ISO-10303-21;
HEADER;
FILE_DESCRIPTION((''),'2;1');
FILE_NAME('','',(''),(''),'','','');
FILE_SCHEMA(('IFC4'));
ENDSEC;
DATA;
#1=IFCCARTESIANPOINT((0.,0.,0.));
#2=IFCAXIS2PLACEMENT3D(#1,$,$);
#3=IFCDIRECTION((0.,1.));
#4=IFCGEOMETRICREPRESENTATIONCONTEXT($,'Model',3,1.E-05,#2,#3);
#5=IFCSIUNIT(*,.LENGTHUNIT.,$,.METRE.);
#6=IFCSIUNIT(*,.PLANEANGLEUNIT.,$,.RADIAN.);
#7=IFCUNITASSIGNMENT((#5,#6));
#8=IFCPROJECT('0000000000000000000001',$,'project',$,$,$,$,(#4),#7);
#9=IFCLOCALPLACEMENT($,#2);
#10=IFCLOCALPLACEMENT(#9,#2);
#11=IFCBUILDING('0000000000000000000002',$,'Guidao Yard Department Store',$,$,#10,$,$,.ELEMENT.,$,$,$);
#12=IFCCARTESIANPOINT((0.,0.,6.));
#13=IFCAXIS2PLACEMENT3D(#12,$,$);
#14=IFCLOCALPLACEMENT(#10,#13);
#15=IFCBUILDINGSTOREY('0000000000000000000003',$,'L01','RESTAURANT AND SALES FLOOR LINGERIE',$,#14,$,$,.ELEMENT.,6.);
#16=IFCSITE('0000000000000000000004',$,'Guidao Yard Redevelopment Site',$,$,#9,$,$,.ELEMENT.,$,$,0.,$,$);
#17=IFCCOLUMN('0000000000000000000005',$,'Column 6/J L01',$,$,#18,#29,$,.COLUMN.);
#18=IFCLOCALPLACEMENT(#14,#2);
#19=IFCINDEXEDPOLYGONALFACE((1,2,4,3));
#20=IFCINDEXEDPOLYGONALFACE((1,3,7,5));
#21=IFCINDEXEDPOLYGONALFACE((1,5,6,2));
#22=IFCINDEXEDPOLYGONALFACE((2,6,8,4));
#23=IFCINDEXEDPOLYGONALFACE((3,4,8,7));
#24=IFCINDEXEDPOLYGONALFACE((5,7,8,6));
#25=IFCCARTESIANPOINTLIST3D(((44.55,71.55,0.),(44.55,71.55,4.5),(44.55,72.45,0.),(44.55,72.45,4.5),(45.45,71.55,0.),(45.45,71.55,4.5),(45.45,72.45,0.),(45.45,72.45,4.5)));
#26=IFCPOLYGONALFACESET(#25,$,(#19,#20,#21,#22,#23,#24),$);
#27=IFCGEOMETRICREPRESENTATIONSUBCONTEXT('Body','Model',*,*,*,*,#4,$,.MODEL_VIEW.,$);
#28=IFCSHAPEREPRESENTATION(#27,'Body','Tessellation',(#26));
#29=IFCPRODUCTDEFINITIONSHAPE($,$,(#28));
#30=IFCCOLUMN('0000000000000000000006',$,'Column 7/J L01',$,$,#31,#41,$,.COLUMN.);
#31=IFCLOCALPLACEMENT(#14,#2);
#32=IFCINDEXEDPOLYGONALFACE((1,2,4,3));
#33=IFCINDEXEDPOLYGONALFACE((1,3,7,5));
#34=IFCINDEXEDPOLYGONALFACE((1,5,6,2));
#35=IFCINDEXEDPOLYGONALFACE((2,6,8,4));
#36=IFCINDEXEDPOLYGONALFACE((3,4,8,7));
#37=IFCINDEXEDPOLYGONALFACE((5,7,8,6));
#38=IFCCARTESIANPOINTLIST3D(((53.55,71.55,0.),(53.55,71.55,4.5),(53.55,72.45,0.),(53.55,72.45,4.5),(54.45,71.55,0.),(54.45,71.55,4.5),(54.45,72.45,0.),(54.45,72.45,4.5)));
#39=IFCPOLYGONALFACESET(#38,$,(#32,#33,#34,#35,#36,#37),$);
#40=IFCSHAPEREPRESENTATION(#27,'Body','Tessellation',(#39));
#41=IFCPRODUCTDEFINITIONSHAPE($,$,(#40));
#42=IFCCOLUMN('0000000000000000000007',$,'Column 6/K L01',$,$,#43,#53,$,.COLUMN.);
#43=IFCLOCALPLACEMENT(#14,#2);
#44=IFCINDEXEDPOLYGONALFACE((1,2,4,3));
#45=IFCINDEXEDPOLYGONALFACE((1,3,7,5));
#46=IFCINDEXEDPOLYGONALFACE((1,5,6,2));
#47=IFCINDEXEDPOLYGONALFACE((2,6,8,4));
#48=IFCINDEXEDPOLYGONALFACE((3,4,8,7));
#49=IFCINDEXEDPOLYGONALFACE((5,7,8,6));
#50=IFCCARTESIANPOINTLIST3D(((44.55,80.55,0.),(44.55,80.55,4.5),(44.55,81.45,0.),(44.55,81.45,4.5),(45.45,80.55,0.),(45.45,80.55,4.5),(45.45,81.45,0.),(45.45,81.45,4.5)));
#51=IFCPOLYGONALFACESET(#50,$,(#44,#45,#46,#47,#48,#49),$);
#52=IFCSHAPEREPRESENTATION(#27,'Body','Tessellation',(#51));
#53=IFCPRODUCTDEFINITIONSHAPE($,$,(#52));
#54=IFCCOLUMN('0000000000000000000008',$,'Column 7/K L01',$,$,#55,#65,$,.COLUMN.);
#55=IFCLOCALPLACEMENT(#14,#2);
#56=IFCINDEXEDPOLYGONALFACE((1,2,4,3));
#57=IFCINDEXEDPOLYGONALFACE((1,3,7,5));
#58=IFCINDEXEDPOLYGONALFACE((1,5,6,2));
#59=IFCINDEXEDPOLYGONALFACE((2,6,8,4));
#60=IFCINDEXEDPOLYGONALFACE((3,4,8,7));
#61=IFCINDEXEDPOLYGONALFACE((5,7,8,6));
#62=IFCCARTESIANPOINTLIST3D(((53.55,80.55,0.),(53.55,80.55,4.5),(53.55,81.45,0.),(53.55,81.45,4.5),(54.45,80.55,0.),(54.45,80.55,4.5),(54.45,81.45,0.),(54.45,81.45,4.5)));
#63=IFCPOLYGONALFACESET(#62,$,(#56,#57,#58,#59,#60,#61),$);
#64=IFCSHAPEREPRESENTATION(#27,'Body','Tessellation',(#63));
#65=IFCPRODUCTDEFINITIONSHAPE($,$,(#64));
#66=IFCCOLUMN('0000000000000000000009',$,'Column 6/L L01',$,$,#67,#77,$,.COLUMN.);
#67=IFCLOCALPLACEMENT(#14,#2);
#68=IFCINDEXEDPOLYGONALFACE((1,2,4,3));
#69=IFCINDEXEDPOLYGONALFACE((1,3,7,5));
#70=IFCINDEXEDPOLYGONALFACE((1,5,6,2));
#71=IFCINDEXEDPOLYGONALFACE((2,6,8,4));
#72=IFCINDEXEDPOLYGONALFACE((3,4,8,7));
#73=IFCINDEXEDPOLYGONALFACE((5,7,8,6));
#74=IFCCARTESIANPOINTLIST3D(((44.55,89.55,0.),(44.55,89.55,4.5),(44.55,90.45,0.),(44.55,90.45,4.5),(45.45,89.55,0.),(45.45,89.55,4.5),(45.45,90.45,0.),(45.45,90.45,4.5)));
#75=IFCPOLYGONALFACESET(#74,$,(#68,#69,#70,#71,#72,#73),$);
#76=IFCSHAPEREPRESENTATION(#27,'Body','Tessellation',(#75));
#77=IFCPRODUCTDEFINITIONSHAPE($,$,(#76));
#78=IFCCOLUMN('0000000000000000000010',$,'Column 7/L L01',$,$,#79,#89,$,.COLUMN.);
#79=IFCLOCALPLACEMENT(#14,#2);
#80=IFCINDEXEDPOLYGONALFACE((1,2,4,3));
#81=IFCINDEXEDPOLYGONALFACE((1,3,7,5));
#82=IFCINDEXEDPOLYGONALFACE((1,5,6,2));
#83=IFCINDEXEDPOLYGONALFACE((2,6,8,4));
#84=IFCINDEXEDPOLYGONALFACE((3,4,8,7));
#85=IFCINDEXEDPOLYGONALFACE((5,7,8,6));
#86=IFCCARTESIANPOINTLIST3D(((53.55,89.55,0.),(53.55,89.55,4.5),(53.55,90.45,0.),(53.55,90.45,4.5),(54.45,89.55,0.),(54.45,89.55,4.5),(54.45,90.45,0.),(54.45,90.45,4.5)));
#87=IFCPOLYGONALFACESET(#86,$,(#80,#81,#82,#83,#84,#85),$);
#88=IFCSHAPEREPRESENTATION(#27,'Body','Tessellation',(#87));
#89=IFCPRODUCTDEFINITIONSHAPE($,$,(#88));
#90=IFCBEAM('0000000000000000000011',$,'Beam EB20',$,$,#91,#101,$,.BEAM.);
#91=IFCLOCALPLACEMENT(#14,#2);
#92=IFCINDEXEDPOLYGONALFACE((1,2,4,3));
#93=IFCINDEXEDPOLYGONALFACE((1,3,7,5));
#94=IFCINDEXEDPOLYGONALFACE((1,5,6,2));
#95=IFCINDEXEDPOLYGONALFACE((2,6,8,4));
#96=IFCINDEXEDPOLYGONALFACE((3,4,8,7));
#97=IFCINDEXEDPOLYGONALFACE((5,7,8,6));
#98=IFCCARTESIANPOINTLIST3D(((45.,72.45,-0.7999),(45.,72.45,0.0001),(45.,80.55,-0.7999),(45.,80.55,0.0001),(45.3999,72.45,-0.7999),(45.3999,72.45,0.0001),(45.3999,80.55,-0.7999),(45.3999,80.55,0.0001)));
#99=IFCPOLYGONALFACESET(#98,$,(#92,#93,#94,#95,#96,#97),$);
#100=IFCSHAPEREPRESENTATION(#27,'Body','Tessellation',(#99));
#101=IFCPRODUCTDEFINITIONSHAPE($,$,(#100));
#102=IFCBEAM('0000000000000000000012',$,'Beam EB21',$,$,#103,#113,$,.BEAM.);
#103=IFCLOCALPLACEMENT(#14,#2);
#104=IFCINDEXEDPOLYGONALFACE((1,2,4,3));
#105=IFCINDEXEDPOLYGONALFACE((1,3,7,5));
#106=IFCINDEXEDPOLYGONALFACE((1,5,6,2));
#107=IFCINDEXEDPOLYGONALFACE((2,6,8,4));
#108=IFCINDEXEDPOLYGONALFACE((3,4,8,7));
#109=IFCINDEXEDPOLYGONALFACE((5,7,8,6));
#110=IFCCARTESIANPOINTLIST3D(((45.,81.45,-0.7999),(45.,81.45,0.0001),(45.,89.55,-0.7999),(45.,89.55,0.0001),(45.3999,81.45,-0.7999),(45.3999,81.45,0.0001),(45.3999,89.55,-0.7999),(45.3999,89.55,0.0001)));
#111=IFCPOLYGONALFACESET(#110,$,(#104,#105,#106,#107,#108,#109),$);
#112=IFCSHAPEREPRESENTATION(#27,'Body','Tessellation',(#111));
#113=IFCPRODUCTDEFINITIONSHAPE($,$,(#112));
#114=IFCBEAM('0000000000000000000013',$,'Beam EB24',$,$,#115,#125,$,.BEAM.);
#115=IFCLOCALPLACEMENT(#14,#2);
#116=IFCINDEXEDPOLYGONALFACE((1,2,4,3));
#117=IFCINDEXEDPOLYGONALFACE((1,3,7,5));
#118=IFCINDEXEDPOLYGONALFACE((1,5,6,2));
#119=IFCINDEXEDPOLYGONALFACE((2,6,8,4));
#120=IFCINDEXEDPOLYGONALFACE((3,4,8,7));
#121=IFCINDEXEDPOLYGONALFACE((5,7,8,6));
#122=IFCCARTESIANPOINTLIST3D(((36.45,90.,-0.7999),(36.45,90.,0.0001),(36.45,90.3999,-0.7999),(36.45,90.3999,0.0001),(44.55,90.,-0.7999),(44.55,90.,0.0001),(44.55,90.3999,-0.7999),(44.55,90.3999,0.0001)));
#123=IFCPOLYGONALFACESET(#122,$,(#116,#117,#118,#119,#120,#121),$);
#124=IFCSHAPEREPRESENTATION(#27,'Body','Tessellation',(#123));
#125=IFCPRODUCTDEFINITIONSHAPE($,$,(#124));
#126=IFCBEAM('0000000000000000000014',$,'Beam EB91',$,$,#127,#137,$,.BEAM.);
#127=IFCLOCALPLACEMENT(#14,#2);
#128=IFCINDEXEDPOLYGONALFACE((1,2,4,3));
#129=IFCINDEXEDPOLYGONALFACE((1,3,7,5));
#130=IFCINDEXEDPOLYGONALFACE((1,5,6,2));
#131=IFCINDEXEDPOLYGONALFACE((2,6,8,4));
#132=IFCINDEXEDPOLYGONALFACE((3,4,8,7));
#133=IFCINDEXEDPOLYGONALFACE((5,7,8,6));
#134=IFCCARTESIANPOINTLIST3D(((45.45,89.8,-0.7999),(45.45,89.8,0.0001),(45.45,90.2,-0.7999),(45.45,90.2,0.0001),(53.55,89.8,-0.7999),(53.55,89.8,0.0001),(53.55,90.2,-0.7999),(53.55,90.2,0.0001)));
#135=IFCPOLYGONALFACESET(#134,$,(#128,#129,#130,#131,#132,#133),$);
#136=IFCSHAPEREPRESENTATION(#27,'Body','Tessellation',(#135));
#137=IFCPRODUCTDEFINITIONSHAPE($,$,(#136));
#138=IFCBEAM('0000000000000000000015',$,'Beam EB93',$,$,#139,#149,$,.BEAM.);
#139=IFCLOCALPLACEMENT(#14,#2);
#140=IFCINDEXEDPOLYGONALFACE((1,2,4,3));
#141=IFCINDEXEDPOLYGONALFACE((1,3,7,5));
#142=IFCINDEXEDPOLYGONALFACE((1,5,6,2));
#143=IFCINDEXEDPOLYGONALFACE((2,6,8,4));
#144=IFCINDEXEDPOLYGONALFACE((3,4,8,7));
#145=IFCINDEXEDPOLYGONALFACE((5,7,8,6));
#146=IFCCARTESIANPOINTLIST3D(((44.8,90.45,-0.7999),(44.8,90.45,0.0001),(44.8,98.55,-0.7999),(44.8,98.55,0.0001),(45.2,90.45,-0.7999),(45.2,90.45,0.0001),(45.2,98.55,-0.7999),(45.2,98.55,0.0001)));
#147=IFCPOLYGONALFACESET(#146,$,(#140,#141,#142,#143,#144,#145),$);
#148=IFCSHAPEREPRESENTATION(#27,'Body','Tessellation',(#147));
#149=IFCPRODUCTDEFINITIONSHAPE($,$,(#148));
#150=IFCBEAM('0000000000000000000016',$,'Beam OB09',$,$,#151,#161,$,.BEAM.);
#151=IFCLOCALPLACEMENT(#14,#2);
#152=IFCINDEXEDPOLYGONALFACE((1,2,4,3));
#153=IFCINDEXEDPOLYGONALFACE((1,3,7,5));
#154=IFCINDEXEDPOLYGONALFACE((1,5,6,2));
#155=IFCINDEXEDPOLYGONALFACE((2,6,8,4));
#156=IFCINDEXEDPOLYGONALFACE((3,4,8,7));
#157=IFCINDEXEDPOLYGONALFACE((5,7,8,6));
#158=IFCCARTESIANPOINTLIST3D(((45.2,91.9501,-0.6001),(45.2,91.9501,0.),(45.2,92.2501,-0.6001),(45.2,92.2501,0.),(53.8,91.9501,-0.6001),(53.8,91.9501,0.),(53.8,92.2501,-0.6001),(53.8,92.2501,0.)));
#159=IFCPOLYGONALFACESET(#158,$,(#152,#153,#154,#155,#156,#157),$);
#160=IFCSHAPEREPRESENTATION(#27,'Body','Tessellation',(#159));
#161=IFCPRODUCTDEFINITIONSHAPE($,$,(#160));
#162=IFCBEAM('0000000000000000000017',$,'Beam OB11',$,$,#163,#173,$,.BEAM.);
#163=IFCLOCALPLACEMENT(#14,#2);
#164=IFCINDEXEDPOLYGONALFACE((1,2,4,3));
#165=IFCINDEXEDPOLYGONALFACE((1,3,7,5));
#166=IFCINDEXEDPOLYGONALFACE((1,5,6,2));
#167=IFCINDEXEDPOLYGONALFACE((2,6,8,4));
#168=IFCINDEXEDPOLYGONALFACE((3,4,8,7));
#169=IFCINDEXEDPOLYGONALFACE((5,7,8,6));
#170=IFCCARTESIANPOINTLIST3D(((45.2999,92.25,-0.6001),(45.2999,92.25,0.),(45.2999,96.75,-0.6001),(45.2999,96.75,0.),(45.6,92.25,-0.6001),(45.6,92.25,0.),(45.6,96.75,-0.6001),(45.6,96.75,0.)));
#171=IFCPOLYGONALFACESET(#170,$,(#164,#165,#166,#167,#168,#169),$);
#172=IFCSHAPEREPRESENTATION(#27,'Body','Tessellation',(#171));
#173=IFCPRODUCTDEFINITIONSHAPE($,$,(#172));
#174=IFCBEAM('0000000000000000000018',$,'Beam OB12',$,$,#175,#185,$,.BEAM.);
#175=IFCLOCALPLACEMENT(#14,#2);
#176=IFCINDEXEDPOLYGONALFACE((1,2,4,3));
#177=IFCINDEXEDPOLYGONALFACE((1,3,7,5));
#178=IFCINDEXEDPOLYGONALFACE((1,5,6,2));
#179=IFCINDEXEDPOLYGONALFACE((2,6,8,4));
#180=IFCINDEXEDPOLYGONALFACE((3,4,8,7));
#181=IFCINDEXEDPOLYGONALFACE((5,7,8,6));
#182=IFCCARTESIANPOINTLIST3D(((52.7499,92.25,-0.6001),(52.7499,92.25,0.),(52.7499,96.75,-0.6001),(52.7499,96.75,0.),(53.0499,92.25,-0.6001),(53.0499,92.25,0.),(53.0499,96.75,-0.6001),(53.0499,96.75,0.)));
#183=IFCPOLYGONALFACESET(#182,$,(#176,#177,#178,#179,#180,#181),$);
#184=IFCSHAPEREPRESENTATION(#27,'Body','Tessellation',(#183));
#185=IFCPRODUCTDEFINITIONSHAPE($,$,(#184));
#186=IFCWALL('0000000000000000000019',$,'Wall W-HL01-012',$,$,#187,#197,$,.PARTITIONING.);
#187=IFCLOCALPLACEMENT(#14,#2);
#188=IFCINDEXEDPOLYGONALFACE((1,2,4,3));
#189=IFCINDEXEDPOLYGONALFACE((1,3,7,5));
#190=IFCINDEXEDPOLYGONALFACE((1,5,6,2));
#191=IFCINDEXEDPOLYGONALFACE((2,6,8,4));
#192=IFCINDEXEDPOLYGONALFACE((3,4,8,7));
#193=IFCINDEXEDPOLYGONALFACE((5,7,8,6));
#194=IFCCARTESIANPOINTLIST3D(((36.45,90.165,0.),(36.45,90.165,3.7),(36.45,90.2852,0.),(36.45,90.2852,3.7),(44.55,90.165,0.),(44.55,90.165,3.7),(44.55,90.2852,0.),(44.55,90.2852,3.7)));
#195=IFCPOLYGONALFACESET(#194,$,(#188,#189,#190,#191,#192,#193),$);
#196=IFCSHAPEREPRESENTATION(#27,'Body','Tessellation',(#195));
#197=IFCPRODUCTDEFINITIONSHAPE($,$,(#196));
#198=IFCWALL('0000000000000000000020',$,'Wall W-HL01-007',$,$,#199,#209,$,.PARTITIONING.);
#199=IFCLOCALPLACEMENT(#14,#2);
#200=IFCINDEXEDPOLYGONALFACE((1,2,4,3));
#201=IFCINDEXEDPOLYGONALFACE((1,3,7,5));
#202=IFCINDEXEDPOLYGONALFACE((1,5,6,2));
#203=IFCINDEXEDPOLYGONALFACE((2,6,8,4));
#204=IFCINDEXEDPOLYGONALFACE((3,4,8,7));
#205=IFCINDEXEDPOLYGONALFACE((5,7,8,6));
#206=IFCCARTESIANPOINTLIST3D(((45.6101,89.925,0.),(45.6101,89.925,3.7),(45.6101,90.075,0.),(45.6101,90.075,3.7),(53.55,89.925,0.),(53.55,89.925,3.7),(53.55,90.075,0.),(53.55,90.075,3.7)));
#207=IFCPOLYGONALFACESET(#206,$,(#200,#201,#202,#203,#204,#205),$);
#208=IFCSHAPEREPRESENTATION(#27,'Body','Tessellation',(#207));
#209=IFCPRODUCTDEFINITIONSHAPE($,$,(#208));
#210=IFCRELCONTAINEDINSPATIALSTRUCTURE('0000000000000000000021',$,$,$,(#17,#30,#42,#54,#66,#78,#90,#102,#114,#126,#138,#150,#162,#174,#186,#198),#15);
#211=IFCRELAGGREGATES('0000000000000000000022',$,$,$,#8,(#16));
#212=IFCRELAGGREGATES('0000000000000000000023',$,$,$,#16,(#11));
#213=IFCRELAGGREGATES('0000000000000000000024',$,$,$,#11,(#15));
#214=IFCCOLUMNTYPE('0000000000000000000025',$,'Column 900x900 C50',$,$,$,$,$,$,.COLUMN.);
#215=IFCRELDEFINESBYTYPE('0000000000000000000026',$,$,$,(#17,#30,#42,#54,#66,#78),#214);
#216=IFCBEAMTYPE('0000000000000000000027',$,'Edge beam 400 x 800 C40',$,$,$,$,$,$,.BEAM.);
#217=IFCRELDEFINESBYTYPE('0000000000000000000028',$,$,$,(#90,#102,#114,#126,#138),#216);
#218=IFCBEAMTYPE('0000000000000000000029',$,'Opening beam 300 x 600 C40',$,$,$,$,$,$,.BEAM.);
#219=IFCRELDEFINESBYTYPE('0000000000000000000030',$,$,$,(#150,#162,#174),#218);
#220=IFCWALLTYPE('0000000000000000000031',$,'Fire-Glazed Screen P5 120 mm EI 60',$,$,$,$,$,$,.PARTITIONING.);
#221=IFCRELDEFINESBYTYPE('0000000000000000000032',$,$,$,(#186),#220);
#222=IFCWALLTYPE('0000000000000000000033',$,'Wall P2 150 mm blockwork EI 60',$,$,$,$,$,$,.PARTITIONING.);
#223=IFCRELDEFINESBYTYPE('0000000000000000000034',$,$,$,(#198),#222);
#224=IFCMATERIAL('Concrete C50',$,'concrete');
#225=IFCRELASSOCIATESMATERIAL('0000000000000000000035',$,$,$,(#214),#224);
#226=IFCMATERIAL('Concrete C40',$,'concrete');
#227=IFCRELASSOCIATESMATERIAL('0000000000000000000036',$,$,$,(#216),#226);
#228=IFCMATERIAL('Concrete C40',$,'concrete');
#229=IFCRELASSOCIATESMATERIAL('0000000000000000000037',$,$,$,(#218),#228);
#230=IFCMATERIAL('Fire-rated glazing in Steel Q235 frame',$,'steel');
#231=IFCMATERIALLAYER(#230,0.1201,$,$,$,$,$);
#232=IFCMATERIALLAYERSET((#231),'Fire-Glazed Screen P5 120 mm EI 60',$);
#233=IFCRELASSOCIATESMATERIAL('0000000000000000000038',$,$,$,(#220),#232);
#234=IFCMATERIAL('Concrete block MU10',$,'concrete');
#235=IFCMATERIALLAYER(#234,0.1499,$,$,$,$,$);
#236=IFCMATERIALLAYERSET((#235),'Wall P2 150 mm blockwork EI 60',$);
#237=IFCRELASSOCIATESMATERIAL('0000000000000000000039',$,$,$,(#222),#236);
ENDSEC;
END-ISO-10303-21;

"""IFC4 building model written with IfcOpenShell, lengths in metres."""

from ifc_helpers import new_model, si_unit, direction, frame, frame_2d, origin, origin_2d, place, context, subcontext, project, spatial, rectangle, extrude, material, layer, layer_set, material_profile, profile_set, type_object, element, save


model = new_model("IFC4")

# Units and contexts
model_context = context("Model", 3, precision=1e-05, world=origin(), true_north=direction((0.0, 1.0)))
body_context = subcontext(model_context, "Body", "Model", "MODEL_VIEW")
ifc_project = project(units=[si_unit("LENGTHUNIT", "METRE"), si_unit("PLANEANGLEUNIT", "RADIAN")], contexts=[model_context])

# Site, building, storey
site_placement = place(None, origin())
site = spatial("IfcSite", under=ifc_project, at=site_placement, Name="Guidao Yard Redevelopment Site", CompositionType="ELEMENT", RefElevation=0.0)
building_placement = place(site_placement, origin())
building = spatial("IfcBuilding", under=site, at=building_placement, Name="Guidao Yard Department Store", CompositionType="ELEMENT")
storey_placement = place(building_placement, frame((0.0, 0.0, 6.0)))
storey = spatial("IfcBuildingStorey", under=building, at=storey_placement, Name="L01", Description="RESTAURANT AND SALES FLOOR LINGERIE", CompositionType="ELEMENT", Elevation=6.0)

# Columns
ifc_material_1 = material(Name="Concrete C50", Category="concrete")
ifc_material_profile_1 = material_profile(ifc_material_1, rectangle(XDim=0.8999, YDim=0.8999, at=origin_2d()), Name="COL 900x900")
ifc_profile_set_1 = profile_set([ifc_material_profile_1], Name="Concrete C50")
column_type = type_object("IfcColumnType", Name="Column 900x900 C50", PredefinedType="COLUMN", material=ifc_profile_set_1)
for number, where, z_axis, x_axis, name in (
    (1, (45.0, 72.0, 0.0), (0.0, 0.0, 1.0), (1.0, 0.0, 0.0), "Column 6/J L01"),
    (2, (54.0, 72.0, 0.0), (0.0, 0.0, 1.0), (1.0, 0.0, 0.0), "Column 7/J L01"),
    (3, (45.0, 81.0, 0.0), (0.0, 0.0, 1.0), (1.0, 0.0, 0.0), "Column 6/K L01"),
    (4, (54.0, 81.0, 0.0), (0.0, 0.0, 1.0), (1.0, 0.0, 0.0), "Column 7/K L01"),
    (5, (45.0, 90.0, 0.0), (0.0, 0.0, 1.0), (1.0, 0.0, 0.0), "Column 6/L L01"),
    (6, (54.0, 90.0, 0.0), (0.0, 0.0, 1.0), (1.0, 0.0, 0.0), "Column 7/L L01"),
):
    element("IfcColumn", number, at=place(storey_placement, frame(where, z_axis=z_axis, x_axis=x_axis)), inside=storey, type_object=column_type, Name=name, PredefinedType="COLUMN", context=body_context, shape_type="SweptSolid", body=[
        extrude(rectangle(XDim=0.8999, YDim=0.8999, at=origin_2d()), origin(), (0.0, 0.0, 1.0), 4.5),
    ])

# Beams
ifc_material_2 = material(Name="Concrete C40", Category="concrete")
ifc_material_profile_2 = material_profile(ifc_material_2, rectangle(XDim=0.3999, YDim=0.8, at=origin_2d()), Name="Edge beam 400 x 800 C40")
ifc_profile_set_2 = profile_set([ifc_material_profile_2], Name="Concrete C40")
beam_type_1 = type_object("IfcBeamType", Name="Edge beam 400 x 800 C40", PredefinedType="BEAM", material=ifc_profile_set_2)
for number, where, z_axis, x_axis, name in (
    (7, (45.2, 72.45, -0.3999), (0.0, 1.0, 0.0), (-1.0, 0.0, 0.0), "Beam EB20"),
    (8, (45.2, 81.45, -0.3999), (0.0, 1.0, 0.0), (-1.0, 0.0, 0.0), "Beam EB21"),
    (9, (36.45, 90.2, -0.3999), (1.0, 0.0, 0.0), (0.0, 1.0, 0.0), "Beam EB24"),
    (10, (45.45, 90.0, -0.3999), (1.0, 0.0, 0.0), (0.0, 1.0, 0.0), "Beam EB91"),
    (11, (45.0, 90.45, -0.3999), (0.0, 1.0, 0.0), (-1.0, 0.0, 0.0), "Beam EB93"),
):
    element("IfcBeam", number, at=place(storey_placement, frame(where, z_axis=z_axis, x_axis=x_axis)), inside=storey, type_object=beam_type_1, Name=name, PredefinedType="BEAM", context=body_context, shape_type="SweptSolid", body=[
        extrude(rectangle(XDim=0.3999, YDim=0.8, at=origin_2d()), origin(), (0.0, 0.0, 1.0), 8.1001),
    ])
ifc_material_3 = material(Name="Concrete C40", Category="concrete")
ifc_material_profile_3 = material_profile(ifc_material_3, rectangle(XDim=0.3, YDim=0.6001, at=origin_2d()), Name="Opening beam 300 x 600 C40")
ifc_profile_set_3 = profile_set([ifc_material_profile_3], Name="Concrete C40")
beam_type_2 = type_object("IfcBeamType", Name="Opening beam 300 x 600 C40", PredefinedType="BEAM", material=ifc_profile_set_3)
beam_placement = place(storey_placement, frame((45.2, 92.1001, -0.3), z_axis=(1.0, 0.0, 0.0), x_axis=(0.0, 1.0, 0.0)))
element("IfcBeam", 12, at=beam_placement, inside=storey, type_object=beam_type_2, Name="Beam OB09", PredefinedType="BEAM", context=body_context, shape_type="SweptSolid", body=[
    extrude(rectangle(XDim=0.3, YDim=0.6001, at=origin_2d()), origin(), (0.0, 0.0, 1.0), 8.6001),
])
for number, where, z_axis, x_axis, name in (
    (13, (45.45, 92.25, -0.3), (0.0, 1.0, 0.0), (-1.0, 0.0, 0.0), "Beam OB11"),
    (14, (52.8999, 92.25, -0.3), (0.0, 1.0, 0.0), (-1.0, 0.0, 0.0), "Beam OB12"),
):
    element("IfcBeam", number, at=place(storey_placement, frame(where, z_axis=z_axis, x_axis=x_axis)), inside=storey, type_object=beam_type_2, Name=name, PredefinedType="BEAM", context=body_context, shape_type="SweptSolid", body=[
        extrude(rectangle(XDim=0.3, YDim=0.6001, at=origin_2d()), origin(), (0.0, 0.0, 1.0), 4.5),
    ])

# Walls
ifc_material_4 = material(Name="Fire-rated glazing in Steel Q235 frame", Category="steel")
ifc_layer_1 = layer(ifc_material_4, 0.1201)
ifc_layer_set_1 = layer_set([ifc_layer_1], Name="Fire-Glazed Screen P5 120 mm EI 60")
wall_type_1 = type_object("IfcWallType", Name="Fire-Glazed Screen P5 120 mm EI 60", PredefinedType="PARTITIONING", material=ifc_layer_set_1)
wall_1_placement = place(storey_placement, frame((36.45, 90.2251, 0.0), z_axis=(0.0, 0.0, 1.0), x_axis=(1.0, 0.0, 0.0)))
element("IfcWall", 15, at=wall_1_placement, inside=storey, type_object=wall_type_1, Name="Wall W-HL01-012", PredefinedType="PARTITIONING", context=body_context, shape_type="SweptSolid", body=[
    extrude(rectangle(XDim=8.1001, YDim=0.1201, at=frame_2d((4.05, 0.0))), origin(), (0.0, 0.0, 1.0), 3.7),
])
ifc_material_5 = material(Name="Concrete block MU10", Category="concrete")
ifc_layer_2 = layer(ifc_material_5, 0.1499)
ifc_layer_set_2 = layer_set([ifc_layer_2], Name="Wall P2 150 mm blockwork EI 60")
wall_type_2 = type_object("IfcWallType", Name="Wall P2 150 mm blockwork EI 60", PredefinedType="PARTITIONING", material=ifc_layer_set_2)
wall_2_placement = place(storey_placement, frame((45.6101, 90.0, 0.0), z_axis=(0.0, 0.0, 1.0), x_axis=(1.0, 0.0, 0.0)))
element("IfcWall", 16, at=wall_2_placement, inside=storey, type_object=wall_type_2, Name="Wall W-HL01-007", PredefinedType="PARTITIONING", context=body_context, shape_type="SweptSolid", body=[
    extrude(rectangle(XDim=7.9399, YDim=0.1499, at=frame_2d((3.97, 0.0))), origin(), (0.0, 0.0, 1.0), 3.7),
])

save(model, "model.ifc")
